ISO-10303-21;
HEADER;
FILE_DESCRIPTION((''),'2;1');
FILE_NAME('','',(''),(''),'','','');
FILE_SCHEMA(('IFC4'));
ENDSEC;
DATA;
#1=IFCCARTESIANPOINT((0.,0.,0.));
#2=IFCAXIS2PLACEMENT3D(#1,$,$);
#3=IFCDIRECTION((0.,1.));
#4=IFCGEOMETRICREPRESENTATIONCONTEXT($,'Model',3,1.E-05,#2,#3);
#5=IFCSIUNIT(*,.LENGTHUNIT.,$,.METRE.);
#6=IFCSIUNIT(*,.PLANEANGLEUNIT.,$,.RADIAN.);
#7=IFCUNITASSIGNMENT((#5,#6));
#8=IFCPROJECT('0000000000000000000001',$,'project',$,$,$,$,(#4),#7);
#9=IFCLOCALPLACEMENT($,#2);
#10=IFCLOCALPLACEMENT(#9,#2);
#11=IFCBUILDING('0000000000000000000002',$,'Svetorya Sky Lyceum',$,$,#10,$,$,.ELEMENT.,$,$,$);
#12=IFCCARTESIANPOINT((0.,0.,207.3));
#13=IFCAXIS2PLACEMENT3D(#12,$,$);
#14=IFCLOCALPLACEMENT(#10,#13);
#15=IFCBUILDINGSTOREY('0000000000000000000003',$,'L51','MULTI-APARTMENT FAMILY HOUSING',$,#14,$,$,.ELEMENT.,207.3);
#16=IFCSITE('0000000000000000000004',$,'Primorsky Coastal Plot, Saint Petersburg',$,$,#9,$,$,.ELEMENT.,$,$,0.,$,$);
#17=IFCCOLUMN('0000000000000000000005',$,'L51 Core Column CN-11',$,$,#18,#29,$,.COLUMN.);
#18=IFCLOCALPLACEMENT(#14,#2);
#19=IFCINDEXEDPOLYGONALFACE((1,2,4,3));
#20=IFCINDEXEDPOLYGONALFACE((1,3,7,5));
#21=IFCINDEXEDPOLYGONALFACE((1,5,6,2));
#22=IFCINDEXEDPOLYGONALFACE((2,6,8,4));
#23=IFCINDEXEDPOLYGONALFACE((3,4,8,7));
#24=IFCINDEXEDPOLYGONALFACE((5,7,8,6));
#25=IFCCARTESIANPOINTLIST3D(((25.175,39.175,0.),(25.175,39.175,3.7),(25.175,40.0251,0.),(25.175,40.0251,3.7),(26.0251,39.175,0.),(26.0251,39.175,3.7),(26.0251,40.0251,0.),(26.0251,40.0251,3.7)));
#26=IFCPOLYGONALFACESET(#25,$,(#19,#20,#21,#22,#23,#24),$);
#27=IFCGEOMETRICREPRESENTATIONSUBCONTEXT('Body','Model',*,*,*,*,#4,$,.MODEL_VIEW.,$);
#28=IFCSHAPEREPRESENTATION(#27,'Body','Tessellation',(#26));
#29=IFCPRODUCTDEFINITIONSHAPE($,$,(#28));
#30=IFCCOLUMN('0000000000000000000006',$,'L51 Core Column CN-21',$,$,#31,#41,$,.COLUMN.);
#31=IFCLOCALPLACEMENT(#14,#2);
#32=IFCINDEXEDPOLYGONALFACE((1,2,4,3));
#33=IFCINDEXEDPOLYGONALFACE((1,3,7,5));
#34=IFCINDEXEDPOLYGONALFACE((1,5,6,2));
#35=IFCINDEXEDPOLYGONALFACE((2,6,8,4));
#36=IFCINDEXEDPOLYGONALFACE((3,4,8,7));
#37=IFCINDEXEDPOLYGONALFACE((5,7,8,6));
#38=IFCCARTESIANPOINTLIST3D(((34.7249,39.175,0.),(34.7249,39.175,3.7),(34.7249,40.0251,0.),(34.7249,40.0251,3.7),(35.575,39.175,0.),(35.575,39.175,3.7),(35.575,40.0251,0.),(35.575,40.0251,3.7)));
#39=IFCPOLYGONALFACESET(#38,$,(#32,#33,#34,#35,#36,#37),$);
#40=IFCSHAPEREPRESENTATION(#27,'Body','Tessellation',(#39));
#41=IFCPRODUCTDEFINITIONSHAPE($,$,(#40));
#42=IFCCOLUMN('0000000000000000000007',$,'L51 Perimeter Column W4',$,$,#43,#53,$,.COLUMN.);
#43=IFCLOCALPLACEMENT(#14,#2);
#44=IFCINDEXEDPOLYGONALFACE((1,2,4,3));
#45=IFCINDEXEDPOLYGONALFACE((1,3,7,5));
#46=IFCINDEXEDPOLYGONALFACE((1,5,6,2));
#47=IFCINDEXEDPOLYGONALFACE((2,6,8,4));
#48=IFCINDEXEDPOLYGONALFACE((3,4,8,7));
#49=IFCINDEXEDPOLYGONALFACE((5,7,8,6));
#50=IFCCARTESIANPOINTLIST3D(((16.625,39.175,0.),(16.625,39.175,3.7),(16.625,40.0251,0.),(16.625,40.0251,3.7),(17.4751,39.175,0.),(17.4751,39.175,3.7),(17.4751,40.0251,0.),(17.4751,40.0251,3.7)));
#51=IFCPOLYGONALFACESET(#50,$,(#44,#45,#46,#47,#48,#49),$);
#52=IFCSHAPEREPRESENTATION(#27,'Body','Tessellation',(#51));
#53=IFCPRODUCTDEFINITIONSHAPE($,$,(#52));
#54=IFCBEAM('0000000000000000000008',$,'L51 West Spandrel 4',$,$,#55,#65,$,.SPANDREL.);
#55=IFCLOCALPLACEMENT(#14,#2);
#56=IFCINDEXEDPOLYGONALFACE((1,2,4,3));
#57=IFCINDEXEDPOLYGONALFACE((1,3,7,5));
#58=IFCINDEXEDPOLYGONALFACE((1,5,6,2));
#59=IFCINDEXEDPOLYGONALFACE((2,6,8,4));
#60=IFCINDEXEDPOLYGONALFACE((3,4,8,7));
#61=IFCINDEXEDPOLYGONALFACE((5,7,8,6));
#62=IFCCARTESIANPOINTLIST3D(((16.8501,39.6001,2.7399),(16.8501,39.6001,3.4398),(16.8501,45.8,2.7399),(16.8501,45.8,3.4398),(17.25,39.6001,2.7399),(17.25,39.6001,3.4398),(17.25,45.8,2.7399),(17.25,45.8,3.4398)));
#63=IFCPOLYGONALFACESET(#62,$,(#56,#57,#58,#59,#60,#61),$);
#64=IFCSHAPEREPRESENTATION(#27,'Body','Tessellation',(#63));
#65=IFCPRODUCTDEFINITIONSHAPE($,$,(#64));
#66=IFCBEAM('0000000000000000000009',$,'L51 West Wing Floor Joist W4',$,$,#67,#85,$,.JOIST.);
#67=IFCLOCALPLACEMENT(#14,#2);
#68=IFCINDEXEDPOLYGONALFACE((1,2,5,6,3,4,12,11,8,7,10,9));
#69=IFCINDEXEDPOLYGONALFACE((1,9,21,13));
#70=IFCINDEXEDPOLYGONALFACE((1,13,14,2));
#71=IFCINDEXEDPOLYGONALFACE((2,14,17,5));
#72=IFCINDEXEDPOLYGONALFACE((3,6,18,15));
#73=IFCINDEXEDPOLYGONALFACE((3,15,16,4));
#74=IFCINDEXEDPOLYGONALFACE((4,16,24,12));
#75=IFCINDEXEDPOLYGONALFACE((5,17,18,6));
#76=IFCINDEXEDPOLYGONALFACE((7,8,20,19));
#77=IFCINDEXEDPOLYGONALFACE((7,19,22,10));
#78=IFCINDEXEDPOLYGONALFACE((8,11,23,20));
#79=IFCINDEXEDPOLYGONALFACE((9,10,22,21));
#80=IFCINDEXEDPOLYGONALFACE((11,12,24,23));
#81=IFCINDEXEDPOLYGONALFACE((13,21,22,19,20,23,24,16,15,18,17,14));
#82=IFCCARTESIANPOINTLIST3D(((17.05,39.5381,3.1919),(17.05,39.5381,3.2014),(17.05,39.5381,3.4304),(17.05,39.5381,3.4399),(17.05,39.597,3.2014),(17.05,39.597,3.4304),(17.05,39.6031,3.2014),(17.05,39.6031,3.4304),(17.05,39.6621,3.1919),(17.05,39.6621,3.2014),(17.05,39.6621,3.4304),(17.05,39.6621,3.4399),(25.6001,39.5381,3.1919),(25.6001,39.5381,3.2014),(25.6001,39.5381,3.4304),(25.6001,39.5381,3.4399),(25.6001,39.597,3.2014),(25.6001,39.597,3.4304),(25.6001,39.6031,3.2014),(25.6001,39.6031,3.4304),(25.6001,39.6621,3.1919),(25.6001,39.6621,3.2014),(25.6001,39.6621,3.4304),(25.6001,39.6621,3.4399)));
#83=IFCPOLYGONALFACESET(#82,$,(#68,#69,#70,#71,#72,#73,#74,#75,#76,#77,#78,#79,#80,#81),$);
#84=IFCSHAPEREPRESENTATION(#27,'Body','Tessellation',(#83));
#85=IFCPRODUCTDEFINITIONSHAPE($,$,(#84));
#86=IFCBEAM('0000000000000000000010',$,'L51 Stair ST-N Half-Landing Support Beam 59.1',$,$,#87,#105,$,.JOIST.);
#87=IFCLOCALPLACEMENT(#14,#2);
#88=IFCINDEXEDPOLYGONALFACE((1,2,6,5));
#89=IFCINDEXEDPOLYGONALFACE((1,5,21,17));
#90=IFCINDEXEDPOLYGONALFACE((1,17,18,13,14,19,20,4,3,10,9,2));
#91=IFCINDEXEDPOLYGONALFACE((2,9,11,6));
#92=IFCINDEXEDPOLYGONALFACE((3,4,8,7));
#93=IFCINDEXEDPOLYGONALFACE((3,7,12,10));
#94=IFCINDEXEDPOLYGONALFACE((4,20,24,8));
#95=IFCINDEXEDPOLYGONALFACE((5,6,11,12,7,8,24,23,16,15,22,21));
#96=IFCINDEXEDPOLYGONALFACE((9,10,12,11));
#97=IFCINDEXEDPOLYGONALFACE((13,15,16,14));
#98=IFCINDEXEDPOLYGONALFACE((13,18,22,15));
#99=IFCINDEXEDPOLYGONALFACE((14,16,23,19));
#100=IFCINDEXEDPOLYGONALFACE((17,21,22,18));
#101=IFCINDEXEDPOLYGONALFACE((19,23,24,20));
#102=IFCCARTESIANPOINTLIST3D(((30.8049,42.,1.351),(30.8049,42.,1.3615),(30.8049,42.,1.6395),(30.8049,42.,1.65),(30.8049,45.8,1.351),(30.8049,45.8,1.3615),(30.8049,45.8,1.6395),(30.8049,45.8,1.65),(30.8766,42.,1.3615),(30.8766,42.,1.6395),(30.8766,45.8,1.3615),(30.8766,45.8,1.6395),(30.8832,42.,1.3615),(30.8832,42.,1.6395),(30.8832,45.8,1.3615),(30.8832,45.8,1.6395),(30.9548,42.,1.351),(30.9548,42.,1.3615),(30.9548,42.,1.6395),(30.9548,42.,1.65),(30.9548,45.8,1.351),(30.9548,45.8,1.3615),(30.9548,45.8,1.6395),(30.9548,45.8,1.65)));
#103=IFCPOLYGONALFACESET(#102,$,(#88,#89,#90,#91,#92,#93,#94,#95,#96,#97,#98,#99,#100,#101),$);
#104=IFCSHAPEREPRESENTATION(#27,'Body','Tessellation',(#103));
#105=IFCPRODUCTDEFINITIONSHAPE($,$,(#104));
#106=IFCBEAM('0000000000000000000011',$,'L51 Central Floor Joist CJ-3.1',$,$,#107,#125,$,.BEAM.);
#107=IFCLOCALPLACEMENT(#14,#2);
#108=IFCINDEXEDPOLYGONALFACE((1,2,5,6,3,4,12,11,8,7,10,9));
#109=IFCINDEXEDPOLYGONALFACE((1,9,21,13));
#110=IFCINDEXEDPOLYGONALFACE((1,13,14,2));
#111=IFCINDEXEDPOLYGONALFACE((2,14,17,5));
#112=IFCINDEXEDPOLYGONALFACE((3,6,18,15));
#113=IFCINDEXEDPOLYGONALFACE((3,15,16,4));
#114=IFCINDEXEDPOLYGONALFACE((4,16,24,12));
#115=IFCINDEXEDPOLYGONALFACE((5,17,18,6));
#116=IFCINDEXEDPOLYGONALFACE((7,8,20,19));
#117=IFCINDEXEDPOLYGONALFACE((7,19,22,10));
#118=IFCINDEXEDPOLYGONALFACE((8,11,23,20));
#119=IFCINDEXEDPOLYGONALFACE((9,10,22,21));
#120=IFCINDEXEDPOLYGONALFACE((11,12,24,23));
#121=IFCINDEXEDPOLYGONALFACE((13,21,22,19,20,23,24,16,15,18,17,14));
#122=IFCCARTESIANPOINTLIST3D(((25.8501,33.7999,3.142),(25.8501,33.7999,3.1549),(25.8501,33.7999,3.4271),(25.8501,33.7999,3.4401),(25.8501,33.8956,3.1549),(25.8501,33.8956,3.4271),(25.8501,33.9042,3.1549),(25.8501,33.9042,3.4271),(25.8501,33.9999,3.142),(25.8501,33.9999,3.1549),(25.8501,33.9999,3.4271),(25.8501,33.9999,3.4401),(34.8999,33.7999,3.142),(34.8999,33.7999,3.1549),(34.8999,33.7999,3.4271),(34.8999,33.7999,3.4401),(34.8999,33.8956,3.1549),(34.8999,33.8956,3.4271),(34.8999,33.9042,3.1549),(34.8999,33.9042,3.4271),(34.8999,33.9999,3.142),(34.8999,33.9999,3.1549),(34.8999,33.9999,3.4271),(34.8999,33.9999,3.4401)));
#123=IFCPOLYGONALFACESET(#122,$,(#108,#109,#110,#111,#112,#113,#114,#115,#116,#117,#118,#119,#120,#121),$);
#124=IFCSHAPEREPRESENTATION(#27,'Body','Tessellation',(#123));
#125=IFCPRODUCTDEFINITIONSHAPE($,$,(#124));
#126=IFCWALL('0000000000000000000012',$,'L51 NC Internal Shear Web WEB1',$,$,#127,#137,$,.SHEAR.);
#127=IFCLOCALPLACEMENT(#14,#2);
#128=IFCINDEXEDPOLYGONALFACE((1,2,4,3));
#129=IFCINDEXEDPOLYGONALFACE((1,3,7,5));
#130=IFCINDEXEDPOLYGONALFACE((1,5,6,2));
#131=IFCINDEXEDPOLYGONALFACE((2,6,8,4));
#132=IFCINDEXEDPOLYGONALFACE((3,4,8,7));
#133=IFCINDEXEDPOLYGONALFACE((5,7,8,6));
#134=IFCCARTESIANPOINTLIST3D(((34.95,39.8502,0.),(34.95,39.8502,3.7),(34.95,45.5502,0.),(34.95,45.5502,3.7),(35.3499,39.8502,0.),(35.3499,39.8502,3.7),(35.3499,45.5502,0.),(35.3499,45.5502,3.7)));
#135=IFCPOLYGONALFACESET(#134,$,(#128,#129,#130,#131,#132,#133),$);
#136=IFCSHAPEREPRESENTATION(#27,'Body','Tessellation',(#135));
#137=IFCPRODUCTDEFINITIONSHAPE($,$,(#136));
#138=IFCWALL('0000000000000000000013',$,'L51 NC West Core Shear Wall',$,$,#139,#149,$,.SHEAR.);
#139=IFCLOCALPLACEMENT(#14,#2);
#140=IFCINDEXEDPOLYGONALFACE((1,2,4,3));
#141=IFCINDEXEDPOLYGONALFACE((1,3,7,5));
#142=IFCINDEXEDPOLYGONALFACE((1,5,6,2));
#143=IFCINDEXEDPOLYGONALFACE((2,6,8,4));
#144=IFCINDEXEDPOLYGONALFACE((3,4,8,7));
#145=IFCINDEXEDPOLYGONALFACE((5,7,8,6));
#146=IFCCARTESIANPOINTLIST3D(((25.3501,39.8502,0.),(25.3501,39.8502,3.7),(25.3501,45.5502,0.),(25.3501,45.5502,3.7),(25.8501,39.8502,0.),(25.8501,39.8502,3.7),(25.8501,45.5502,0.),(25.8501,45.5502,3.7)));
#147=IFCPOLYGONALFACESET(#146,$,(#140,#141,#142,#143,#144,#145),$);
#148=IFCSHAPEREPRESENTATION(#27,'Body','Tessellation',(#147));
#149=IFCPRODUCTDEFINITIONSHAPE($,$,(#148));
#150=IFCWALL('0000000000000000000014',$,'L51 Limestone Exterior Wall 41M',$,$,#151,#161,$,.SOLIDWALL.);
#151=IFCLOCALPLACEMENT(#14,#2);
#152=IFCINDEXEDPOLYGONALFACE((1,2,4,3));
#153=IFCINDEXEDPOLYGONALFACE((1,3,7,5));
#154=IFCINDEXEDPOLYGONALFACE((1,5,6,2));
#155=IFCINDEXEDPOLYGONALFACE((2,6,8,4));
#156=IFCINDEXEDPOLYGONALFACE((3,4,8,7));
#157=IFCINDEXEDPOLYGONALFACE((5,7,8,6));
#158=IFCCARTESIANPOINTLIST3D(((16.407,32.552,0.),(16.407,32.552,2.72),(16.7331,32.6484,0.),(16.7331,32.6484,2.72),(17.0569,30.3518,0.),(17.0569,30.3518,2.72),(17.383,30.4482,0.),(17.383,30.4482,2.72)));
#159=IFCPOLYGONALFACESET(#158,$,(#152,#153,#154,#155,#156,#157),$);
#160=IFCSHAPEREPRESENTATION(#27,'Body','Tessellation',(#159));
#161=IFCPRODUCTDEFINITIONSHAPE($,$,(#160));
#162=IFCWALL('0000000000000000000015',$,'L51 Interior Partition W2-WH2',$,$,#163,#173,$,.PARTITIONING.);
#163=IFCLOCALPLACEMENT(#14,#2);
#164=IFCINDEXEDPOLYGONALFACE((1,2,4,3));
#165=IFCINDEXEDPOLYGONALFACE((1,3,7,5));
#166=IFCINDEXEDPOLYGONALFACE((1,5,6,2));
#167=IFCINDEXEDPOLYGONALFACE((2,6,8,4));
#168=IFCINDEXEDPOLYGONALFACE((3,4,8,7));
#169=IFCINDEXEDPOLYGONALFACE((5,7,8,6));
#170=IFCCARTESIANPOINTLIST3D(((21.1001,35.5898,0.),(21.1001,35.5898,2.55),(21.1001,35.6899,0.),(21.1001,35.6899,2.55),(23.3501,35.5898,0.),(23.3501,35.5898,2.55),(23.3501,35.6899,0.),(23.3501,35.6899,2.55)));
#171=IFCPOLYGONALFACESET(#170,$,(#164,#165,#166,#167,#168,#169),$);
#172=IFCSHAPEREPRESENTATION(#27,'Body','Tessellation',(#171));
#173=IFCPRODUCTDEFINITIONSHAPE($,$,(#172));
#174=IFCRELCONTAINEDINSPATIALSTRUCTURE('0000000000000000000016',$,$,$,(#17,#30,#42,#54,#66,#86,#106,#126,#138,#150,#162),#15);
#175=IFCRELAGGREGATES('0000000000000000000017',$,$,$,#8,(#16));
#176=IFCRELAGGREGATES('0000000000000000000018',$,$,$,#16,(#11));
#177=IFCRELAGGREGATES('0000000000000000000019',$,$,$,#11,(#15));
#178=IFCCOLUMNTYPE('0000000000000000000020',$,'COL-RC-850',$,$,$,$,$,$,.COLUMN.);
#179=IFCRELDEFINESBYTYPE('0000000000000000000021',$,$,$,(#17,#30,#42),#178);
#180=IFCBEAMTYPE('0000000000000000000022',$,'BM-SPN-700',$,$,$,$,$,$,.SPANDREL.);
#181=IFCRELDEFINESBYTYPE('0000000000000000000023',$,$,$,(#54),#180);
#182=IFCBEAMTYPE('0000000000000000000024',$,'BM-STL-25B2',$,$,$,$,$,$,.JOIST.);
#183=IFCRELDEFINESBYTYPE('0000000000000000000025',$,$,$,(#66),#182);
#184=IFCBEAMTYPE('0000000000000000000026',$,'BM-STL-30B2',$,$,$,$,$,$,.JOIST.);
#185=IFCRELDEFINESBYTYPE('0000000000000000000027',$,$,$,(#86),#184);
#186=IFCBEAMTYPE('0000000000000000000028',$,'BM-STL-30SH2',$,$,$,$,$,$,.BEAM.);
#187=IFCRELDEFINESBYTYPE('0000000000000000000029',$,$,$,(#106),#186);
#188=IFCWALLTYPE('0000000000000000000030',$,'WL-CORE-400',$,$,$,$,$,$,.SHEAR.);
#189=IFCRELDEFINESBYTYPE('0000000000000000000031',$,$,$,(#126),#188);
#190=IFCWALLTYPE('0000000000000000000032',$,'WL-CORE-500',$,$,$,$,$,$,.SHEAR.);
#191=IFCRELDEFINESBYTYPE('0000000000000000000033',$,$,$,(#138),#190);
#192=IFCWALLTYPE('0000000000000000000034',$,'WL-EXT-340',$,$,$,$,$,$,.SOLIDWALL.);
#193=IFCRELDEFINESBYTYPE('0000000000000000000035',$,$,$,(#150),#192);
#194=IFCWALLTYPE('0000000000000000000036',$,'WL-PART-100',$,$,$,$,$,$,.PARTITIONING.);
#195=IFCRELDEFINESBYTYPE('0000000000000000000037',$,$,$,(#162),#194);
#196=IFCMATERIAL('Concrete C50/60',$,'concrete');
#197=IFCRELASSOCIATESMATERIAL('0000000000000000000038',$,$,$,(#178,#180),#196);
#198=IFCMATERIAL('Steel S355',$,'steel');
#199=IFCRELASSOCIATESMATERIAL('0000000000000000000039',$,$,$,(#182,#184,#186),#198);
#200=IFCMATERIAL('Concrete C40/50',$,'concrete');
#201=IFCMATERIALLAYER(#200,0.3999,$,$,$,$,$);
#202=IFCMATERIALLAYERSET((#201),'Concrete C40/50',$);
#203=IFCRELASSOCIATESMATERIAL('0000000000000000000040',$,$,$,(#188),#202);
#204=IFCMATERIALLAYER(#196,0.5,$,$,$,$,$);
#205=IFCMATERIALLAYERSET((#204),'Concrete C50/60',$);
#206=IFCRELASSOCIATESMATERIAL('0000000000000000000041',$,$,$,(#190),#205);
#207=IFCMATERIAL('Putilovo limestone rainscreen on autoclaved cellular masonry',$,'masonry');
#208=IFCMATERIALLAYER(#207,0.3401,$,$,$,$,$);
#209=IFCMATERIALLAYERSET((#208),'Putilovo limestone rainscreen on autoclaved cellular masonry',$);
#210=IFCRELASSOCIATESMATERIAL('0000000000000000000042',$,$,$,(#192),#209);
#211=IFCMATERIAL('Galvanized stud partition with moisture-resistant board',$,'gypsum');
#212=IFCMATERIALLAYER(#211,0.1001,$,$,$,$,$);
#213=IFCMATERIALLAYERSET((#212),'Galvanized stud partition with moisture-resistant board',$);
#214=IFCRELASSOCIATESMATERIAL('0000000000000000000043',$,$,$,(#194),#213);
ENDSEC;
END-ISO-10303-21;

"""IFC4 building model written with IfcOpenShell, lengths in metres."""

from ifc_helpers import new_model, si_unit, direction, frame, frame_2d, origin, origin_2d, place, context, subcontext, project, spatial, rectangle, i_section, extrude, material, layer, layer_set, material_profile, profile_set, type_object, element, save


model = new_model("IFC4")

# Units and contexts
model_context = context("Model", 3, precision=1e-05, world=origin(), true_north=direction((0.0, 1.0)))
body_context = subcontext(model_context, "Body", "Model", "MODEL_VIEW")
ifc_project = project(units=[si_unit("LENGTHUNIT", "METRE"), si_unit("PLANEANGLEUNIT", "RADIAN")], contexts=[model_context])

# Site, building, storey
site_placement = place(None, origin())
site = spatial("IfcSite", under=ifc_project, at=site_placement, Name="Primorsky Coastal Plot, Saint Petersburg", CompositionType="ELEMENT", RefElevation=0.0)
building_placement = place(site_placement, origin())
building = spatial("IfcBuilding", under=site, at=building_placement, Name="Svetorya Sky Lyceum", CompositionType="ELEMENT")
storey_placement = place(building_placement, frame((0.0, 0.0, 207.3)))
storey = spatial("IfcBuildingStorey", under=building, at=storey_placement, Name="L51", Description="MULTI-APARTMENT FAMILY HOUSING", CompositionType="ELEMENT", Elevation=207.3)

# Columns
ifc_material_1 = material(Name="Concrete C50/60", Category="concrete")
ifc_material_profile_1 = material_profile(ifc_material_1, rectangle(XDim=0.8501, YDim=0.8501, at=origin_2d()), Name="RC COL 850x850")
ifc_profile_set_1 = profile_set([ifc_material_profile_1], Name="Concrete C50/60")
column_type = type_object("IfcColumnType", Name="COL-RC-850", PredefinedType="COLUMN", material=ifc_profile_set_1)
for number, where, z_axis, x_axis, name in (
    (1, (25.6001, 39.6001, 0.0), (0.0, 0.0, 1.0), (1.0, 0.0, 0.0), "L51 Core Column CN-11"),
    (2, (35.1499, 39.6001, 0.0), (0.0, 0.0, 1.0), (1.0, 0.0, 0.0), "L51 Core Column CN-21"),
    (3, (17.05, 39.6001, 0.0), (0.0, 0.0, 1.0), (1.0, 0.0, 0.0), "L51 Perimeter Column W4"),
):
    element("IfcColumn", number, at=place(storey_placement, frame(where, z_axis=z_axis, x_axis=x_axis)), inside=storey, type_object=column_type, Name=name, PredefinedType="COLUMN", context=body_context, shape_type="SweptSolid", body=[
        extrude(rectangle(XDim=0.8501, YDim=0.8501, at=origin_2d()), origin(), (0.0, 0.0, 1.0), 3.7),
    ])

# Beams
ifc_material_profile_2 = material_profile(ifc_material_1, rectangle(XDim=0.3999, YDim=0.7, at=origin_2d()), Name="RC SPANDREL 400x700")
ifc_profile_set_2 = profile_set([ifc_material_profile_2], Name="Concrete C50/60")
beam_type_1 = type_object("IfcBeamType", Name="BM-SPN-700", PredefinedType="SPANDREL", material=ifc_profile_set_2)
beam_1_placement = place(storey_placement, frame((17.05, 39.6001, 3.0898), z_axis=(0.0, 1.0, 0.0), x_axis=(-1.0, 0.0, 0.0)))
element("IfcBeam", 4, at=beam_1_placement, inside=storey, type_object=beam_type_1, Name="L51 West Spandrel 4", PredefinedType="SPANDREL", context=body_context, shape_type="SweptSolid", body=[
    extrude(rectangle(XDim=0.3999, YDim=0.7, at=origin_2d()), origin(), (0.0, 0.0, 1.0), 6.2),
])
ifc_material_2 = material(Name="Steel S355", Category="steel")
ifc_material_profile_3 = material_profile(ifc_material_2, i_section(OverallWidth=0.124, OverallDepth=0.248, WebThickness=0.0061, FlangeThickness=0.0095, at=origin_2d()), Name="GOST 25B2")
ifc_profile_set_3 = profile_set([ifc_material_profile_3], Name="Steel S355")
beam_type_2 = type_object("IfcBeamType", Name="BM-STL-25B2", PredefinedType="JOIST", material=ifc_profile_set_3)
beam_2_placement = place(storey_placement, frame((17.05, 39.6001, 3.3159), z_axis=(1.0, 0.0, 0.0), x_axis=(0.0, 1.0, 0.0)))
element("IfcBeam", 5, at=beam_2_placement, inside=storey, type_object=beam_type_2, Name="L51 West Wing Floor Joist W4", PredefinedType="JOIST", context=body_context, shape_type="SweptSolid", body=[
    extrude(i_section(OverallWidth=0.124, OverallDepth=0.248, WebThickness=0.0061, FlangeThickness=0.0095, at=origin_2d()), origin(), (0.0, 0.0, 1.0), 8.55),
])
ifc_material_profile_4 = material_profile(ifc_material_2, i_section(OverallWidth=0.1499, OverallDepth=0.2991, WebThickness=0.0066, FlangeThickness=0.0105, at=origin_2d()), Name="GOST 30B2")
ifc_profile_set_4 = profile_set([ifc_material_profile_4], Name="Steel S355")
beam_type_3 = type_object("IfcBeamType", Name="BM-STL-30B2", PredefinedType="JOIST", material=ifc_profile_set_4)
beam_3_placement = place(storey_placement, frame((30.8799, 42.0, 1.5005), z_axis=(0.0, 1.0, 0.0), x_axis=(-1.0, 0.0, 0.0)))
element("IfcBeam", 6, at=beam_3_placement, inside=storey, type_object=beam_type_3, Name="L51 Stair ST-N Half-Landing Support Beam 59.1", PredefinedType="JOIST", context=body_context, shape_type="SweptSolid", body=[
    extrude(i_section(OverallWidth=0.1499, OverallDepth=0.2991, WebThickness=0.0066, FlangeThickness=0.0105, at=origin_2d()), origin(), (0.0, 0.0, 1.0), 3.8),
])
ifc_material_profile_5 = material_profile(ifc_material_2, i_section(OverallWidth=0.2, OverallDepth=0.2981, WebThickness=0.0085, FlangeThickness=0.0129, at=origin_2d()), Name="GOST 30Sh2")
ifc_profile_set_5 = profile_set([ifc_material_profile_5], Name="Steel S355")
beam_type_4 = type_object("IfcBeamType", Name="BM-STL-30SH2", PredefinedType="BEAM", material=ifc_profile_set_5)
beam_4_placement = place(storey_placement, frame((25.8501, 33.8999, 3.291), z_axis=(1.0, 0.0, 0.0), x_axis=(0.0, 1.0, 0.0)))
element("IfcBeam", 7, at=beam_4_placement, inside=storey, type_object=beam_type_4, Name="L51 Central Floor Joist CJ-3.1", PredefinedType="BEAM", context=body_context, shape_type="SweptSolid", body=[
    extrude(i_section(OverallWidth=0.2, OverallDepth=0.2981, WebThickness=0.0085, FlangeThickness=0.0129, at=origin_2d()), origin(), (0.0, 0.0, 1.0), 9.0498),
])

# Walls
ifc_material_3 = material(Name="Concrete C40/50", Category="concrete")
ifc_layer_1 = layer(ifc_material_3, 0.3999)
ifc_layer_set_1 = layer_set([ifc_layer_1], Name="Concrete C40/50")
wall_type_1 = type_object("IfcWallType", Name="WL-CORE-400", PredefinedType="SHEAR", material=ifc_layer_set_1)
wall_1_placement = place(storey_placement, frame((35.1499, 39.8501, 0.0), z_axis=(0.0, 0.0, 1.0), x_axis=(0.0, 1.0, 0.0)))
element("IfcWall", 8, at=wall_1_placement, inside=storey, type_object=wall_type_1, Name="L51 NC Internal Shear Web WEB1", PredefinedType="SHEAR", context=body_context, shape_type="SweptSolid", body=[
    extrude(rectangle(XDim=5.7, YDim=0.3999, at=frame_2d((2.8501, 0.0))), origin(), (0.0, 0.0, 1.0), 3.7),
])
ifc_layer_2 = layer(ifc_material_1, 0.5)
ifc_layer_set_2 = layer_set([ifc_layer_2], Name="Concrete C50/60")
wall_type_2 = type_object("IfcWallType", Name="WL-CORE-500", PredefinedType="SHEAR", material=ifc_layer_set_2)
wall_2_placement = place(storey_placement, frame((25.6001, 39.8501, 0.0), z_axis=(0.0, 0.0, 1.0), x_axis=(0.0, 1.0, 0.0)))
element("IfcWall", 9, at=wall_2_placement, inside=storey, type_object=wall_type_2, Name="L51 NC West Core Shear Wall", PredefinedType="SHEAR", context=body_context, shape_type="SweptSolid", body=[
    extrude(rectangle(XDim=5.7, YDim=0.5, at=frame_2d((2.8501, 0.0))), origin(), (0.0, 0.0, 1.0), 3.7),
])
ifc_material_4 = material(Name="Putilovo limestone rainscreen on autoclaved cellular masonry", Category="masonry")
ifc_layer_3 = layer(ifc_material_4, 0.3401)
ifc_layer_set_3 = layer_set([ifc_layer_3], Name="Putilovo limestone rainscreen on autoclaved cellular masonry")
wall_type_3 = type_object("IfcWallType", Name="WL-EXT-340", PredefinedType="SOLIDWALL", material=ifc_layer_set_3)
wall_3_placement = place(storey_placement, frame((16.5701, 32.6001, 0.0), z_axis=(0.0, 0.0, 1.0), x_axis=(0.283284, -0.959036, 0.0)))
element("IfcWall", 10, at=wall_3_placement, inside=storey, type_object=wall_type_3, Name="L51 Limestone Exterior Wall 41M", PredefinedType="SOLIDWALL", context=body_context, shape_type="SweptSolid", body=[
    extrude(rectangle(XDim=2.2942, YDim=0.3401, at=frame_2d((1.147, 0.0))), origin(), (0.0, 0.0, 1.0), 2.72),
])
ifc_material_5 = material(Name="Galvanized stud partition with moisture-resistant board", Category="gypsum")
ifc_layer_4 = layer(ifc_material_5, 0.1001)
ifc_layer_set_4 = layer_set([ifc_layer_4], Name="Galvanized stud partition with moisture-resistant board")
wall_type_4 = type_object("IfcWallType", Name="WL-PART-100", PredefinedType="PARTITIONING", material=ifc_layer_set_4)
wall_4_placement = place(storey_placement, frame((21.1001, 35.6399, 0.0), z_axis=(0.0, 0.0, 1.0), x_axis=(1.0, 0.0, 0.0)))
element("IfcWall", 11, at=wall_4_placement, inside=storey, type_object=wall_type_4, Name="L51 Interior Partition W2-WH2", PredefinedType="PARTITIONING", context=body_context, shape_type="SweptSolid", body=[
    extrude(rectangle(XDim=2.25, YDim=0.1001, at=frame_2d((1.125, 0.0))), origin(), (0.0, 0.0, 1.0), 2.55),
])

save(model, "model.ifc")
